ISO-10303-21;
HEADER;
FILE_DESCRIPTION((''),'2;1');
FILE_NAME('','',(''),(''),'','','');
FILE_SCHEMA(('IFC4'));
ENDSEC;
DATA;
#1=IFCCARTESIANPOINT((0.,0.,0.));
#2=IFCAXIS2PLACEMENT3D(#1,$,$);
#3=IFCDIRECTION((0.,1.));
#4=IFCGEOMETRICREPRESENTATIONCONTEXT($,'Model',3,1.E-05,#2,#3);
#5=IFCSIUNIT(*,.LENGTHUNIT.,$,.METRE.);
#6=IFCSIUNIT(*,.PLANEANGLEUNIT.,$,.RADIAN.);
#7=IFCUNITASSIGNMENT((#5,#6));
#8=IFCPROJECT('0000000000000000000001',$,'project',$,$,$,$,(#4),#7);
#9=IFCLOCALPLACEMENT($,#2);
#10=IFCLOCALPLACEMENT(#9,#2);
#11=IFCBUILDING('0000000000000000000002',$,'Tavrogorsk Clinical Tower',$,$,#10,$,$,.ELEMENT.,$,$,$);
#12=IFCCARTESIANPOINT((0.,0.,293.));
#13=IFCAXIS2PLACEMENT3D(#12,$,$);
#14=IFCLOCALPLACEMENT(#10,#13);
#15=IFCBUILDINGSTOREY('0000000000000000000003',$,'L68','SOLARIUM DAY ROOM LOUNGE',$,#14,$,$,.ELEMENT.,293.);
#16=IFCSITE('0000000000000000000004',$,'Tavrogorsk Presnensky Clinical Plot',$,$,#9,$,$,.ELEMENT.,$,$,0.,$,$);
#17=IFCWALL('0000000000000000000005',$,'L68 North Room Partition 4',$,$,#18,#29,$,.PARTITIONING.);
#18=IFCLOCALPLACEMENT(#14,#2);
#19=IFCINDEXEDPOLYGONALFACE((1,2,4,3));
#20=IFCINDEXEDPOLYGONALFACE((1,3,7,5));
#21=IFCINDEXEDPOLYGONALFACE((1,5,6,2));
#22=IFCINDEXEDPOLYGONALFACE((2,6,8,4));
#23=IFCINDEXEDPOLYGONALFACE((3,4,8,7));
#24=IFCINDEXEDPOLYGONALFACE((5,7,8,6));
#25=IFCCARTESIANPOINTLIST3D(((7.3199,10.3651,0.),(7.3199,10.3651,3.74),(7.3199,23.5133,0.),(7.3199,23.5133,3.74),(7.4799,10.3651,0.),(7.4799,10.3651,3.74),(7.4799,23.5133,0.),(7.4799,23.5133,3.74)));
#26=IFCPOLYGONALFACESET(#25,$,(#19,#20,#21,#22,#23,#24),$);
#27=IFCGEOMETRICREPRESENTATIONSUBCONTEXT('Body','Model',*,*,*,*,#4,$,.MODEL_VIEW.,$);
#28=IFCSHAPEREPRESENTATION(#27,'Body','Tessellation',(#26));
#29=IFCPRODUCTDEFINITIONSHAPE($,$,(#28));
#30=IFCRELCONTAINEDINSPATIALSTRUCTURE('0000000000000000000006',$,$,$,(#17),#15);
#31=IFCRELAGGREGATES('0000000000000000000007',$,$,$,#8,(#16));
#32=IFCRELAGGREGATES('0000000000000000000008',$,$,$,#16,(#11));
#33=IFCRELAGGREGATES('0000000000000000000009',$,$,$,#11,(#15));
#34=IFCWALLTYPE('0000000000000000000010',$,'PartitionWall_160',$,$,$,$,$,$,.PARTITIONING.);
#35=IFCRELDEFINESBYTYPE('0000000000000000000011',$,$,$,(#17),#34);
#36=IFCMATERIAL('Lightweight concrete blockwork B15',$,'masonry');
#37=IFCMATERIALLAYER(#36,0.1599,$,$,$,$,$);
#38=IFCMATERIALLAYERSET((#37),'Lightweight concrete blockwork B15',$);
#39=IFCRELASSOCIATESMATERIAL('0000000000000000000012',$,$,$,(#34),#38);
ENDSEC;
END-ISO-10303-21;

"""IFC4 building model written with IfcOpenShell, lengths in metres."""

from ifc_helpers import new_model, si_unit, direction, frame, frame_2d, origin, place, context, subcontext, project, spatial, rectangle, extrude, material, layer, layer_set, type_object, element, save


model = new_model("IFC4")

# Units and contexts
model_context = context("Model", 3, precision=1e-05, world=origin(), true_north=direction((0.0, 1.0)))
body_context = subcontext(model_context, "Body", "Model", "MODEL_VIEW")
ifc_project = project(units=[si_unit("LENGTHUNIT", "METRE"), si_unit("PLANEANGLEUNIT", "RADIAN")], contexts=[model_context])

# Site, building, storey
site_placement = place(None, origin())
site = spatial("IfcSite", under=ifc_project, at=site_placement, Name="Tavrogorsk Presnensky Clinical Plot", CompositionType="ELEMENT", RefElevation=0.0)
building_placement = place(site_placement, origin())
building = spatial("IfcBuilding", under=site, at=building_placement, Name="Tavrogorsk Clinical Tower", CompositionType="ELEMENT")
storey_placement = place(building_placement, frame((0.0, 0.0, 293.0)))
storey = spatial("IfcBuildingStorey", under=building, at=storey_placement, Name="L68", Description="SOLARIUM DAY ROOM LOUNGE", CompositionType="ELEMENT", Elevation=293.0)

# Shared definitions
ifc_material_1 = material(Name="Lightweight concrete blockwork B15", Category="masonry")
ifc_layer_1 = layer(ifc_material_1, 0.1599)
ifc_layer_set_1 = layer_set([ifc_layer_1], Name="Lightweight concrete blockwork B15")
wall_type = type_object("IfcWallType", Name="PartitionWall_160", PredefinedType="PARTITIONING", material=ifc_layer_set_1)

# Wall
wall_1_placement = place(storey_placement, frame((7.3999, 10.365, 0.0), z_axis=(0.0, 0.0, 1.0), x_axis=(0.0, 1.0, 0.0)))
element("IfcWall", 1, at=wall_1_placement, inside=storey, type_object=wall_type, Name="L68 North Room Partition 4", PredefinedType="PARTITIONING", context=body_context, shape_type="SweptSolid", body=[
    extrude(rectangle(XDim=13.1482, YDim=0.1599, at=frame_2d((6.5742, 0.0))), origin(), (0.0, 0.0, 1.0), 3.74),
])

save(model, "model.ifc")
